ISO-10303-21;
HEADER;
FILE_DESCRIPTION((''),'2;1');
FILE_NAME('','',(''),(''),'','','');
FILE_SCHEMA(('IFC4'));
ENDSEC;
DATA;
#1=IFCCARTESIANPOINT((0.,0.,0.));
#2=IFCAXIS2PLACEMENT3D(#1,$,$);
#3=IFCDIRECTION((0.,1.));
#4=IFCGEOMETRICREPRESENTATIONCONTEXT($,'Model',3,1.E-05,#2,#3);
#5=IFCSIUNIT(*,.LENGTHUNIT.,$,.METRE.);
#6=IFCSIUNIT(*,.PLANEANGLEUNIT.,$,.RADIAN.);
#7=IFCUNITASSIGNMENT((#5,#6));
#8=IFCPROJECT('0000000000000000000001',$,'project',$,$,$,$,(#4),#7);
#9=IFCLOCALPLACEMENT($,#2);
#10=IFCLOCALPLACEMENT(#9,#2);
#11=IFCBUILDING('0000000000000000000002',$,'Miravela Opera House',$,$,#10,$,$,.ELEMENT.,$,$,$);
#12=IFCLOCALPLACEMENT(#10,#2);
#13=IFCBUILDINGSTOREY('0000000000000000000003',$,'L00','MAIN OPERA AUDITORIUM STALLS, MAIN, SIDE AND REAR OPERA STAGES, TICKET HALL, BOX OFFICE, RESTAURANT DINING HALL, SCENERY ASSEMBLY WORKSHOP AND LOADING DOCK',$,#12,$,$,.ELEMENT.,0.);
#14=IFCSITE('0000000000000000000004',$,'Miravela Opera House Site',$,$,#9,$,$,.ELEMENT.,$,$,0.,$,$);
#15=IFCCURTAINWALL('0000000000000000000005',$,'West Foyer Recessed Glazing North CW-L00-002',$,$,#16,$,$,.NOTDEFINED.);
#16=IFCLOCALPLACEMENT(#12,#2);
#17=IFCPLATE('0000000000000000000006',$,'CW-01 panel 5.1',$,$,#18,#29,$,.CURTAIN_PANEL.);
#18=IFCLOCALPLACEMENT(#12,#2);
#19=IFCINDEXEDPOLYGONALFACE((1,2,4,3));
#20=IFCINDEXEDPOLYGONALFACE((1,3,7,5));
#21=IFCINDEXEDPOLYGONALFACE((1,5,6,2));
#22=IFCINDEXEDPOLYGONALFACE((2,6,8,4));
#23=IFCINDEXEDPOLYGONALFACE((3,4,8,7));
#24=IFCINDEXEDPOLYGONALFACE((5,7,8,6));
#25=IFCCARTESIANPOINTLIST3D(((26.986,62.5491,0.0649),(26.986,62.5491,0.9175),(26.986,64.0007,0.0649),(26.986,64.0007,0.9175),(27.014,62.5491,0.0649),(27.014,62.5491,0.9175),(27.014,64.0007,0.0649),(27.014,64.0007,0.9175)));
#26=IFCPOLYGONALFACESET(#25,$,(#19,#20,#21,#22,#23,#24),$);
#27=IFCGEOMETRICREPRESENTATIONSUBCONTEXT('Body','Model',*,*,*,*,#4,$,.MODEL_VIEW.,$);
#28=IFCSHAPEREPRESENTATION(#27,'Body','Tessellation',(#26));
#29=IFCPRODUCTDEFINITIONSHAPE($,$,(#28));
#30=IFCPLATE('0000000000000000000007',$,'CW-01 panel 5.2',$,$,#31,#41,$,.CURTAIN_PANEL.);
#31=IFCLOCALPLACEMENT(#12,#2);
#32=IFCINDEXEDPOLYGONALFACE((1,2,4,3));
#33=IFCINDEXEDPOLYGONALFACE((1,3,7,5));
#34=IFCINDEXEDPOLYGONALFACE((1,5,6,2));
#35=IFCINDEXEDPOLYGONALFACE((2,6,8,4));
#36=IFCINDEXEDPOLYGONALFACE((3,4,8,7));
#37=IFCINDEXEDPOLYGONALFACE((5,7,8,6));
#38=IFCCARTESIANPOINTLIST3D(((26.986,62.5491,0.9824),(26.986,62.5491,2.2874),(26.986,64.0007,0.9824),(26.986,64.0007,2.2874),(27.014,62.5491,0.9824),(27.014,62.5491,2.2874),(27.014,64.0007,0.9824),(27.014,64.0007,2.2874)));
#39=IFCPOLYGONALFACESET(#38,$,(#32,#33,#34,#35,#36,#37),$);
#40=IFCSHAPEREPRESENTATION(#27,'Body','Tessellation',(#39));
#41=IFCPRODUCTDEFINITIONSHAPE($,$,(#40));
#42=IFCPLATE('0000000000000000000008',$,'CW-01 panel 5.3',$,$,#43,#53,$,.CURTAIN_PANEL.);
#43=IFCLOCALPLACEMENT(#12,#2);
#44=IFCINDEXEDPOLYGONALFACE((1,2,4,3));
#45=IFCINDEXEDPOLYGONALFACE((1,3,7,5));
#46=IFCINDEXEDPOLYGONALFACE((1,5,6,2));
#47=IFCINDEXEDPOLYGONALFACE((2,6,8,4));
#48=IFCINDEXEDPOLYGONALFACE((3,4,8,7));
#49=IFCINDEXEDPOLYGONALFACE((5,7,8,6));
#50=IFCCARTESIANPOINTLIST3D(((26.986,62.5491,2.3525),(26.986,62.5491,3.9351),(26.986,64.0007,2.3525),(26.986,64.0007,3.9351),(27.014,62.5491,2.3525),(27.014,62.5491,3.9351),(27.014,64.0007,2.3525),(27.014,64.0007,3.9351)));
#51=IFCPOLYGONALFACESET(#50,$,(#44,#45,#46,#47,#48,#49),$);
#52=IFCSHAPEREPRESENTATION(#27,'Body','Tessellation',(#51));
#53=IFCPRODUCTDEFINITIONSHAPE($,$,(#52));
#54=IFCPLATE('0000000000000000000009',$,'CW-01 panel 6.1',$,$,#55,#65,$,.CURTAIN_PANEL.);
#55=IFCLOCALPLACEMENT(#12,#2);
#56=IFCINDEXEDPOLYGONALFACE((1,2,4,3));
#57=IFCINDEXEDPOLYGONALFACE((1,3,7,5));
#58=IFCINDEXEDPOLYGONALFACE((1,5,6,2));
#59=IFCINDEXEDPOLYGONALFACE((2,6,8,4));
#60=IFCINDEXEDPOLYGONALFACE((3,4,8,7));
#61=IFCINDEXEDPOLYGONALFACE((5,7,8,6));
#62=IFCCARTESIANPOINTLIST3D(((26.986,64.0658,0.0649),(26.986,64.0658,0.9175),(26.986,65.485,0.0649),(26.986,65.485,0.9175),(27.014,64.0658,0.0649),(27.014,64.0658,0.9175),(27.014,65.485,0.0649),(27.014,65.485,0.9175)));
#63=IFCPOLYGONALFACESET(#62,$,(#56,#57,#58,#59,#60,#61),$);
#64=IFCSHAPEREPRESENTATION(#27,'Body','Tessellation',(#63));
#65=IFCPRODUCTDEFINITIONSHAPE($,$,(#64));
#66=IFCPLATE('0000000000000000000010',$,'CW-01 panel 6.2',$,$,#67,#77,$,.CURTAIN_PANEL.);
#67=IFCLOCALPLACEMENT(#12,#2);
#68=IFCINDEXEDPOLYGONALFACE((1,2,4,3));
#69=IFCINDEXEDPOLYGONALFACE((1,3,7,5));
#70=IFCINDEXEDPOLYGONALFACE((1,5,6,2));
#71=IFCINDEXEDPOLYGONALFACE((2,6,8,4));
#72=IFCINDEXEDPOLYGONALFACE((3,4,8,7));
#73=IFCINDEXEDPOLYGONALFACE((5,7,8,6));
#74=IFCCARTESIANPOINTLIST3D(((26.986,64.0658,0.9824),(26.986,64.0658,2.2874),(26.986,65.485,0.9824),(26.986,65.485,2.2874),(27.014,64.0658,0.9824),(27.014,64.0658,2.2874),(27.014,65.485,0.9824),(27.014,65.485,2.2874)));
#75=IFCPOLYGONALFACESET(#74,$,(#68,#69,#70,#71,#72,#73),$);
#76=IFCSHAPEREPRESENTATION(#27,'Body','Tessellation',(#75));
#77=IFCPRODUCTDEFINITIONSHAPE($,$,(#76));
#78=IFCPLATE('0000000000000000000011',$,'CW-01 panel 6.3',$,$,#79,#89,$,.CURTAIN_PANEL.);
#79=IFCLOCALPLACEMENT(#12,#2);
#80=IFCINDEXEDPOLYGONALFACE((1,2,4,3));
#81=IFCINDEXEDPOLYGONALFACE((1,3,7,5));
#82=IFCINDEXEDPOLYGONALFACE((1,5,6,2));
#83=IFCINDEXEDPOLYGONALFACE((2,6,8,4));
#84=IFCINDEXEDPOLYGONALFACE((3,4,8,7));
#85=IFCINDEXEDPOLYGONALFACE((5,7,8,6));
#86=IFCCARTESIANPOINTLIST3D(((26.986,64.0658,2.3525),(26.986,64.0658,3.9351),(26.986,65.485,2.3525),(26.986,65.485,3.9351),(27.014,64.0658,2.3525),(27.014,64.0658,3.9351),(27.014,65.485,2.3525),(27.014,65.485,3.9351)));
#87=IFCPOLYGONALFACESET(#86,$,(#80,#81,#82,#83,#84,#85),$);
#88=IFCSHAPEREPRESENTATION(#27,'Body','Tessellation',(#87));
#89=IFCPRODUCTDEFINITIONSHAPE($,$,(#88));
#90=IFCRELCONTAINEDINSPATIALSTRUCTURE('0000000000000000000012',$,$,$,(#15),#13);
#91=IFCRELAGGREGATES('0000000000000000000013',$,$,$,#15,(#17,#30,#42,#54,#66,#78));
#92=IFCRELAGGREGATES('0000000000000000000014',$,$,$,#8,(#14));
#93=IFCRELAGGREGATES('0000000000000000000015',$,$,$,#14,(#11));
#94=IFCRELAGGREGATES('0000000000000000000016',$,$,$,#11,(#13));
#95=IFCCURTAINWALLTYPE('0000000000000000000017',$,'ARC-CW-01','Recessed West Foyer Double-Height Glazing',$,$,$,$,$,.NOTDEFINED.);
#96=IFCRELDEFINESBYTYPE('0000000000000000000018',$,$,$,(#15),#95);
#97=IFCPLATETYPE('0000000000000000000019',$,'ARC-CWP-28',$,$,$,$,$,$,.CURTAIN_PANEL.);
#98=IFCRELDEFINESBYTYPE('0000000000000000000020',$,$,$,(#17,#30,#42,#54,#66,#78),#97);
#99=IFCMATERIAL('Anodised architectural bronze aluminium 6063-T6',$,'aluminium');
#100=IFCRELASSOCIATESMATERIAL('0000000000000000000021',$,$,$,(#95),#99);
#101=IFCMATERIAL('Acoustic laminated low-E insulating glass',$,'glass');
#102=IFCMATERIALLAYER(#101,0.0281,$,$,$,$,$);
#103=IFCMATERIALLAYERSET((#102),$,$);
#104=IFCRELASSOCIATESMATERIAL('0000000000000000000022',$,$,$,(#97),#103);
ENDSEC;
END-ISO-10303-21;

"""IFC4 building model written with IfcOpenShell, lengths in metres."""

from ifc_helpers import new_model, si_unit, direction, frame, origin, origin_2d, place, context, subcontext, project, spatial, rectangle, extrude, material, layer, layer_set, type_object, element, aggregate, save


model = new_model("IFC4")

# Units and contexts
model_context = context("Model", 3, precision=1e-05, world=origin(), true_north=direction((0.0, 1.0)))
body_context = subcontext(model_context, "Body", "Model", "MODEL_VIEW")
ifc_project = project(units=[si_unit("LENGTHUNIT", "METRE"), si_unit("PLANEANGLEUNIT", "RADIAN")], contexts=[model_context])

# Site, building, storey
site_placement = place(None, origin())
site = spatial("IfcSite", under=ifc_project, at=site_placement, Name="Miravela Opera House Site", CompositionType="ELEMENT", RefElevation=0.0)
building_placement = place(site_placement, origin())
building = spatial("IfcBuilding", under=site, at=building_placement, Name="Miravela Opera House", CompositionType="ELEMENT")
storey_placement = place(building_placement, origin())
storey = spatial("IfcBuildingStorey", under=building, at=storey_placement, Name="L00", Description="MAIN OPERA AUDITORIUM STALLS, MAIN, SIDE AND REAR OPERA STAGES, TICKET HALL, BOX OFFICE, RESTAURANT DINING HALL, SCENERY ASSEMBLY WORKSHOP AND LOADING DOCK", CompositionType="ELEMENT", Elevation=0.0)

# Curtain wall
ifc_material_1 = material(Name="Anodised architectural bronze aluminium 6063-T6", Category="aluminium")
curtain_wall_type = type_object("IfcCurtainWallType", Name="ARC-CW-01", Description="Recessed West Foyer Double-Height Glazing", PredefinedType="NOTDEFINED", material=ifc_material_1)
curtain_wall_placement = place(storey_placement, origin())
curtain_wall = element("IfcCurtainWall", 1, at=curtain_wall_placement, inside=storey, type_object=curtain_wall_type, Name="West Foyer Recessed Glazing North CW-L00-002", PredefinedType="NOTDEFINED")

# Plates
ifc_material_2 = material(Name="Acoustic laminated low-E insulating glass", Category="glass")
ifc_layer_1 = layer(ifc_material_2, 0.0281)
ifc_layer_set_1 = layer_set([ifc_layer_1])
plate_type = type_object("IfcPlateType", Name="ARC-CWP-28", PredefinedType="CURTAIN_PANEL", material=ifc_layer_set_1)
plate_1_placement = place(storey_placement, frame((27.0, 63.2749, 0.0649), z_axis=(0.0, 0.0, 1.0), x_axis=(0.0, 1.0, 0.0)))
plate_1 = element("IfcPlate", 2, at=plate_1_placement, type_object=plate_type, Name="CW-01 panel 5.1", PredefinedType="CURTAIN_PANEL", context=body_context, shape_type="SweptSolid", body=[
    extrude(rectangle(XDim=1.4517, YDim=0.0281, at=origin_2d()), origin(), (0.0, 0.0, 1.0), 0.8525),
])
plate_2_placement = place(storey_placement, frame((27.0, 63.2749, 0.9824), z_axis=(0.0, 0.0, 1.0), x_axis=(0.0, 1.0, 0.0)))
plate_2 = element("IfcPlate", 3, at=plate_2_placement, type_object=plate_type, Name="CW-01 panel 5.2", PredefinedType="CURTAIN_PANEL", context=body_context, shape_type="SweptSolid", body=[
    extrude(rectangle(XDim=1.4517, YDim=0.0281, at=origin_2d()), origin(), (0.0, 0.0, 1.0), 1.3049),
])
plate_3_placement = place(storey_placement, frame((27.0, 63.2749, 2.3525), z_axis=(0.0, 0.0, 1.0), x_axis=(0.0, 1.0, 0.0)))
plate_3 = element("IfcPlate", 4, at=plate_3_placement, type_object=plate_type, Name="CW-01 panel 5.3", PredefinedType="CURTAIN_PANEL", context=body_context, shape_type="SweptSolid", body=[
    extrude(rectangle(XDim=1.4517, YDim=0.0281, at=origin_2d()), origin(), (0.0, 0.0, 1.0), 1.5825),
])
plate_4_placement = place(storey_placement, frame((27.0, 64.7754, 0.0649), z_axis=(0.0, 0.0, 1.0), x_axis=(0.0, 1.0, 0.0)))
plate_4 = element("IfcPlate", 5, at=plate_4_placement, type_object=plate_type, Name="CW-01 panel 6.1", PredefinedType="CURTAIN_PANEL", context=body_context, shape_type="SweptSolid", body=[
    extrude(rectangle(XDim=1.4192, YDim=0.0281, at=origin_2d()), origin(), (0.0, 0.0, 1.0), 0.8525),
])
plate_5_placement = place(storey_placement, frame((27.0, 64.7754, 0.9824), z_axis=(0.0, 0.0, 1.0), x_axis=(0.0, 1.0, 0.0)))
plate_5 = element("IfcPlate", 6, at=plate_5_placement, type_object=plate_type, Name="CW-01 panel 6.2", PredefinedType="CURTAIN_PANEL", context=body_context, shape_type="SweptSolid", body=[
    extrude(rectangle(XDim=1.4192, YDim=0.0281, at=origin_2d()), origin(), (0.0, 0.0, 1.0), 1.3049),
])
plate_6_placement = place(storey_placement, frame((27.0, 64.7754, 2.3525), z_axis=(0.0, 0.0, 1.0), x_axis=(0.0, 1.0, 0.0)))
plate_6 = element("IfcPlate", 7, at=plate_6_placement, type_object=plate_type, Name="CW-01 panel 6.3", PredefinedType="CURTAIN_PANEL", context=body_context, shape_type="SweptSolid", body=[
    extrude(rectangle(XDim=1.4192, YDim=0.0281, at=origin_2d()), origin(), (0.0, 0.0, 1.0), 1.5825),
])
aggregate(curtain_wall, [plate_1, plate_2, plate_3, plate_4, plate_5, plate_6])

save(model, "model.ifc")
